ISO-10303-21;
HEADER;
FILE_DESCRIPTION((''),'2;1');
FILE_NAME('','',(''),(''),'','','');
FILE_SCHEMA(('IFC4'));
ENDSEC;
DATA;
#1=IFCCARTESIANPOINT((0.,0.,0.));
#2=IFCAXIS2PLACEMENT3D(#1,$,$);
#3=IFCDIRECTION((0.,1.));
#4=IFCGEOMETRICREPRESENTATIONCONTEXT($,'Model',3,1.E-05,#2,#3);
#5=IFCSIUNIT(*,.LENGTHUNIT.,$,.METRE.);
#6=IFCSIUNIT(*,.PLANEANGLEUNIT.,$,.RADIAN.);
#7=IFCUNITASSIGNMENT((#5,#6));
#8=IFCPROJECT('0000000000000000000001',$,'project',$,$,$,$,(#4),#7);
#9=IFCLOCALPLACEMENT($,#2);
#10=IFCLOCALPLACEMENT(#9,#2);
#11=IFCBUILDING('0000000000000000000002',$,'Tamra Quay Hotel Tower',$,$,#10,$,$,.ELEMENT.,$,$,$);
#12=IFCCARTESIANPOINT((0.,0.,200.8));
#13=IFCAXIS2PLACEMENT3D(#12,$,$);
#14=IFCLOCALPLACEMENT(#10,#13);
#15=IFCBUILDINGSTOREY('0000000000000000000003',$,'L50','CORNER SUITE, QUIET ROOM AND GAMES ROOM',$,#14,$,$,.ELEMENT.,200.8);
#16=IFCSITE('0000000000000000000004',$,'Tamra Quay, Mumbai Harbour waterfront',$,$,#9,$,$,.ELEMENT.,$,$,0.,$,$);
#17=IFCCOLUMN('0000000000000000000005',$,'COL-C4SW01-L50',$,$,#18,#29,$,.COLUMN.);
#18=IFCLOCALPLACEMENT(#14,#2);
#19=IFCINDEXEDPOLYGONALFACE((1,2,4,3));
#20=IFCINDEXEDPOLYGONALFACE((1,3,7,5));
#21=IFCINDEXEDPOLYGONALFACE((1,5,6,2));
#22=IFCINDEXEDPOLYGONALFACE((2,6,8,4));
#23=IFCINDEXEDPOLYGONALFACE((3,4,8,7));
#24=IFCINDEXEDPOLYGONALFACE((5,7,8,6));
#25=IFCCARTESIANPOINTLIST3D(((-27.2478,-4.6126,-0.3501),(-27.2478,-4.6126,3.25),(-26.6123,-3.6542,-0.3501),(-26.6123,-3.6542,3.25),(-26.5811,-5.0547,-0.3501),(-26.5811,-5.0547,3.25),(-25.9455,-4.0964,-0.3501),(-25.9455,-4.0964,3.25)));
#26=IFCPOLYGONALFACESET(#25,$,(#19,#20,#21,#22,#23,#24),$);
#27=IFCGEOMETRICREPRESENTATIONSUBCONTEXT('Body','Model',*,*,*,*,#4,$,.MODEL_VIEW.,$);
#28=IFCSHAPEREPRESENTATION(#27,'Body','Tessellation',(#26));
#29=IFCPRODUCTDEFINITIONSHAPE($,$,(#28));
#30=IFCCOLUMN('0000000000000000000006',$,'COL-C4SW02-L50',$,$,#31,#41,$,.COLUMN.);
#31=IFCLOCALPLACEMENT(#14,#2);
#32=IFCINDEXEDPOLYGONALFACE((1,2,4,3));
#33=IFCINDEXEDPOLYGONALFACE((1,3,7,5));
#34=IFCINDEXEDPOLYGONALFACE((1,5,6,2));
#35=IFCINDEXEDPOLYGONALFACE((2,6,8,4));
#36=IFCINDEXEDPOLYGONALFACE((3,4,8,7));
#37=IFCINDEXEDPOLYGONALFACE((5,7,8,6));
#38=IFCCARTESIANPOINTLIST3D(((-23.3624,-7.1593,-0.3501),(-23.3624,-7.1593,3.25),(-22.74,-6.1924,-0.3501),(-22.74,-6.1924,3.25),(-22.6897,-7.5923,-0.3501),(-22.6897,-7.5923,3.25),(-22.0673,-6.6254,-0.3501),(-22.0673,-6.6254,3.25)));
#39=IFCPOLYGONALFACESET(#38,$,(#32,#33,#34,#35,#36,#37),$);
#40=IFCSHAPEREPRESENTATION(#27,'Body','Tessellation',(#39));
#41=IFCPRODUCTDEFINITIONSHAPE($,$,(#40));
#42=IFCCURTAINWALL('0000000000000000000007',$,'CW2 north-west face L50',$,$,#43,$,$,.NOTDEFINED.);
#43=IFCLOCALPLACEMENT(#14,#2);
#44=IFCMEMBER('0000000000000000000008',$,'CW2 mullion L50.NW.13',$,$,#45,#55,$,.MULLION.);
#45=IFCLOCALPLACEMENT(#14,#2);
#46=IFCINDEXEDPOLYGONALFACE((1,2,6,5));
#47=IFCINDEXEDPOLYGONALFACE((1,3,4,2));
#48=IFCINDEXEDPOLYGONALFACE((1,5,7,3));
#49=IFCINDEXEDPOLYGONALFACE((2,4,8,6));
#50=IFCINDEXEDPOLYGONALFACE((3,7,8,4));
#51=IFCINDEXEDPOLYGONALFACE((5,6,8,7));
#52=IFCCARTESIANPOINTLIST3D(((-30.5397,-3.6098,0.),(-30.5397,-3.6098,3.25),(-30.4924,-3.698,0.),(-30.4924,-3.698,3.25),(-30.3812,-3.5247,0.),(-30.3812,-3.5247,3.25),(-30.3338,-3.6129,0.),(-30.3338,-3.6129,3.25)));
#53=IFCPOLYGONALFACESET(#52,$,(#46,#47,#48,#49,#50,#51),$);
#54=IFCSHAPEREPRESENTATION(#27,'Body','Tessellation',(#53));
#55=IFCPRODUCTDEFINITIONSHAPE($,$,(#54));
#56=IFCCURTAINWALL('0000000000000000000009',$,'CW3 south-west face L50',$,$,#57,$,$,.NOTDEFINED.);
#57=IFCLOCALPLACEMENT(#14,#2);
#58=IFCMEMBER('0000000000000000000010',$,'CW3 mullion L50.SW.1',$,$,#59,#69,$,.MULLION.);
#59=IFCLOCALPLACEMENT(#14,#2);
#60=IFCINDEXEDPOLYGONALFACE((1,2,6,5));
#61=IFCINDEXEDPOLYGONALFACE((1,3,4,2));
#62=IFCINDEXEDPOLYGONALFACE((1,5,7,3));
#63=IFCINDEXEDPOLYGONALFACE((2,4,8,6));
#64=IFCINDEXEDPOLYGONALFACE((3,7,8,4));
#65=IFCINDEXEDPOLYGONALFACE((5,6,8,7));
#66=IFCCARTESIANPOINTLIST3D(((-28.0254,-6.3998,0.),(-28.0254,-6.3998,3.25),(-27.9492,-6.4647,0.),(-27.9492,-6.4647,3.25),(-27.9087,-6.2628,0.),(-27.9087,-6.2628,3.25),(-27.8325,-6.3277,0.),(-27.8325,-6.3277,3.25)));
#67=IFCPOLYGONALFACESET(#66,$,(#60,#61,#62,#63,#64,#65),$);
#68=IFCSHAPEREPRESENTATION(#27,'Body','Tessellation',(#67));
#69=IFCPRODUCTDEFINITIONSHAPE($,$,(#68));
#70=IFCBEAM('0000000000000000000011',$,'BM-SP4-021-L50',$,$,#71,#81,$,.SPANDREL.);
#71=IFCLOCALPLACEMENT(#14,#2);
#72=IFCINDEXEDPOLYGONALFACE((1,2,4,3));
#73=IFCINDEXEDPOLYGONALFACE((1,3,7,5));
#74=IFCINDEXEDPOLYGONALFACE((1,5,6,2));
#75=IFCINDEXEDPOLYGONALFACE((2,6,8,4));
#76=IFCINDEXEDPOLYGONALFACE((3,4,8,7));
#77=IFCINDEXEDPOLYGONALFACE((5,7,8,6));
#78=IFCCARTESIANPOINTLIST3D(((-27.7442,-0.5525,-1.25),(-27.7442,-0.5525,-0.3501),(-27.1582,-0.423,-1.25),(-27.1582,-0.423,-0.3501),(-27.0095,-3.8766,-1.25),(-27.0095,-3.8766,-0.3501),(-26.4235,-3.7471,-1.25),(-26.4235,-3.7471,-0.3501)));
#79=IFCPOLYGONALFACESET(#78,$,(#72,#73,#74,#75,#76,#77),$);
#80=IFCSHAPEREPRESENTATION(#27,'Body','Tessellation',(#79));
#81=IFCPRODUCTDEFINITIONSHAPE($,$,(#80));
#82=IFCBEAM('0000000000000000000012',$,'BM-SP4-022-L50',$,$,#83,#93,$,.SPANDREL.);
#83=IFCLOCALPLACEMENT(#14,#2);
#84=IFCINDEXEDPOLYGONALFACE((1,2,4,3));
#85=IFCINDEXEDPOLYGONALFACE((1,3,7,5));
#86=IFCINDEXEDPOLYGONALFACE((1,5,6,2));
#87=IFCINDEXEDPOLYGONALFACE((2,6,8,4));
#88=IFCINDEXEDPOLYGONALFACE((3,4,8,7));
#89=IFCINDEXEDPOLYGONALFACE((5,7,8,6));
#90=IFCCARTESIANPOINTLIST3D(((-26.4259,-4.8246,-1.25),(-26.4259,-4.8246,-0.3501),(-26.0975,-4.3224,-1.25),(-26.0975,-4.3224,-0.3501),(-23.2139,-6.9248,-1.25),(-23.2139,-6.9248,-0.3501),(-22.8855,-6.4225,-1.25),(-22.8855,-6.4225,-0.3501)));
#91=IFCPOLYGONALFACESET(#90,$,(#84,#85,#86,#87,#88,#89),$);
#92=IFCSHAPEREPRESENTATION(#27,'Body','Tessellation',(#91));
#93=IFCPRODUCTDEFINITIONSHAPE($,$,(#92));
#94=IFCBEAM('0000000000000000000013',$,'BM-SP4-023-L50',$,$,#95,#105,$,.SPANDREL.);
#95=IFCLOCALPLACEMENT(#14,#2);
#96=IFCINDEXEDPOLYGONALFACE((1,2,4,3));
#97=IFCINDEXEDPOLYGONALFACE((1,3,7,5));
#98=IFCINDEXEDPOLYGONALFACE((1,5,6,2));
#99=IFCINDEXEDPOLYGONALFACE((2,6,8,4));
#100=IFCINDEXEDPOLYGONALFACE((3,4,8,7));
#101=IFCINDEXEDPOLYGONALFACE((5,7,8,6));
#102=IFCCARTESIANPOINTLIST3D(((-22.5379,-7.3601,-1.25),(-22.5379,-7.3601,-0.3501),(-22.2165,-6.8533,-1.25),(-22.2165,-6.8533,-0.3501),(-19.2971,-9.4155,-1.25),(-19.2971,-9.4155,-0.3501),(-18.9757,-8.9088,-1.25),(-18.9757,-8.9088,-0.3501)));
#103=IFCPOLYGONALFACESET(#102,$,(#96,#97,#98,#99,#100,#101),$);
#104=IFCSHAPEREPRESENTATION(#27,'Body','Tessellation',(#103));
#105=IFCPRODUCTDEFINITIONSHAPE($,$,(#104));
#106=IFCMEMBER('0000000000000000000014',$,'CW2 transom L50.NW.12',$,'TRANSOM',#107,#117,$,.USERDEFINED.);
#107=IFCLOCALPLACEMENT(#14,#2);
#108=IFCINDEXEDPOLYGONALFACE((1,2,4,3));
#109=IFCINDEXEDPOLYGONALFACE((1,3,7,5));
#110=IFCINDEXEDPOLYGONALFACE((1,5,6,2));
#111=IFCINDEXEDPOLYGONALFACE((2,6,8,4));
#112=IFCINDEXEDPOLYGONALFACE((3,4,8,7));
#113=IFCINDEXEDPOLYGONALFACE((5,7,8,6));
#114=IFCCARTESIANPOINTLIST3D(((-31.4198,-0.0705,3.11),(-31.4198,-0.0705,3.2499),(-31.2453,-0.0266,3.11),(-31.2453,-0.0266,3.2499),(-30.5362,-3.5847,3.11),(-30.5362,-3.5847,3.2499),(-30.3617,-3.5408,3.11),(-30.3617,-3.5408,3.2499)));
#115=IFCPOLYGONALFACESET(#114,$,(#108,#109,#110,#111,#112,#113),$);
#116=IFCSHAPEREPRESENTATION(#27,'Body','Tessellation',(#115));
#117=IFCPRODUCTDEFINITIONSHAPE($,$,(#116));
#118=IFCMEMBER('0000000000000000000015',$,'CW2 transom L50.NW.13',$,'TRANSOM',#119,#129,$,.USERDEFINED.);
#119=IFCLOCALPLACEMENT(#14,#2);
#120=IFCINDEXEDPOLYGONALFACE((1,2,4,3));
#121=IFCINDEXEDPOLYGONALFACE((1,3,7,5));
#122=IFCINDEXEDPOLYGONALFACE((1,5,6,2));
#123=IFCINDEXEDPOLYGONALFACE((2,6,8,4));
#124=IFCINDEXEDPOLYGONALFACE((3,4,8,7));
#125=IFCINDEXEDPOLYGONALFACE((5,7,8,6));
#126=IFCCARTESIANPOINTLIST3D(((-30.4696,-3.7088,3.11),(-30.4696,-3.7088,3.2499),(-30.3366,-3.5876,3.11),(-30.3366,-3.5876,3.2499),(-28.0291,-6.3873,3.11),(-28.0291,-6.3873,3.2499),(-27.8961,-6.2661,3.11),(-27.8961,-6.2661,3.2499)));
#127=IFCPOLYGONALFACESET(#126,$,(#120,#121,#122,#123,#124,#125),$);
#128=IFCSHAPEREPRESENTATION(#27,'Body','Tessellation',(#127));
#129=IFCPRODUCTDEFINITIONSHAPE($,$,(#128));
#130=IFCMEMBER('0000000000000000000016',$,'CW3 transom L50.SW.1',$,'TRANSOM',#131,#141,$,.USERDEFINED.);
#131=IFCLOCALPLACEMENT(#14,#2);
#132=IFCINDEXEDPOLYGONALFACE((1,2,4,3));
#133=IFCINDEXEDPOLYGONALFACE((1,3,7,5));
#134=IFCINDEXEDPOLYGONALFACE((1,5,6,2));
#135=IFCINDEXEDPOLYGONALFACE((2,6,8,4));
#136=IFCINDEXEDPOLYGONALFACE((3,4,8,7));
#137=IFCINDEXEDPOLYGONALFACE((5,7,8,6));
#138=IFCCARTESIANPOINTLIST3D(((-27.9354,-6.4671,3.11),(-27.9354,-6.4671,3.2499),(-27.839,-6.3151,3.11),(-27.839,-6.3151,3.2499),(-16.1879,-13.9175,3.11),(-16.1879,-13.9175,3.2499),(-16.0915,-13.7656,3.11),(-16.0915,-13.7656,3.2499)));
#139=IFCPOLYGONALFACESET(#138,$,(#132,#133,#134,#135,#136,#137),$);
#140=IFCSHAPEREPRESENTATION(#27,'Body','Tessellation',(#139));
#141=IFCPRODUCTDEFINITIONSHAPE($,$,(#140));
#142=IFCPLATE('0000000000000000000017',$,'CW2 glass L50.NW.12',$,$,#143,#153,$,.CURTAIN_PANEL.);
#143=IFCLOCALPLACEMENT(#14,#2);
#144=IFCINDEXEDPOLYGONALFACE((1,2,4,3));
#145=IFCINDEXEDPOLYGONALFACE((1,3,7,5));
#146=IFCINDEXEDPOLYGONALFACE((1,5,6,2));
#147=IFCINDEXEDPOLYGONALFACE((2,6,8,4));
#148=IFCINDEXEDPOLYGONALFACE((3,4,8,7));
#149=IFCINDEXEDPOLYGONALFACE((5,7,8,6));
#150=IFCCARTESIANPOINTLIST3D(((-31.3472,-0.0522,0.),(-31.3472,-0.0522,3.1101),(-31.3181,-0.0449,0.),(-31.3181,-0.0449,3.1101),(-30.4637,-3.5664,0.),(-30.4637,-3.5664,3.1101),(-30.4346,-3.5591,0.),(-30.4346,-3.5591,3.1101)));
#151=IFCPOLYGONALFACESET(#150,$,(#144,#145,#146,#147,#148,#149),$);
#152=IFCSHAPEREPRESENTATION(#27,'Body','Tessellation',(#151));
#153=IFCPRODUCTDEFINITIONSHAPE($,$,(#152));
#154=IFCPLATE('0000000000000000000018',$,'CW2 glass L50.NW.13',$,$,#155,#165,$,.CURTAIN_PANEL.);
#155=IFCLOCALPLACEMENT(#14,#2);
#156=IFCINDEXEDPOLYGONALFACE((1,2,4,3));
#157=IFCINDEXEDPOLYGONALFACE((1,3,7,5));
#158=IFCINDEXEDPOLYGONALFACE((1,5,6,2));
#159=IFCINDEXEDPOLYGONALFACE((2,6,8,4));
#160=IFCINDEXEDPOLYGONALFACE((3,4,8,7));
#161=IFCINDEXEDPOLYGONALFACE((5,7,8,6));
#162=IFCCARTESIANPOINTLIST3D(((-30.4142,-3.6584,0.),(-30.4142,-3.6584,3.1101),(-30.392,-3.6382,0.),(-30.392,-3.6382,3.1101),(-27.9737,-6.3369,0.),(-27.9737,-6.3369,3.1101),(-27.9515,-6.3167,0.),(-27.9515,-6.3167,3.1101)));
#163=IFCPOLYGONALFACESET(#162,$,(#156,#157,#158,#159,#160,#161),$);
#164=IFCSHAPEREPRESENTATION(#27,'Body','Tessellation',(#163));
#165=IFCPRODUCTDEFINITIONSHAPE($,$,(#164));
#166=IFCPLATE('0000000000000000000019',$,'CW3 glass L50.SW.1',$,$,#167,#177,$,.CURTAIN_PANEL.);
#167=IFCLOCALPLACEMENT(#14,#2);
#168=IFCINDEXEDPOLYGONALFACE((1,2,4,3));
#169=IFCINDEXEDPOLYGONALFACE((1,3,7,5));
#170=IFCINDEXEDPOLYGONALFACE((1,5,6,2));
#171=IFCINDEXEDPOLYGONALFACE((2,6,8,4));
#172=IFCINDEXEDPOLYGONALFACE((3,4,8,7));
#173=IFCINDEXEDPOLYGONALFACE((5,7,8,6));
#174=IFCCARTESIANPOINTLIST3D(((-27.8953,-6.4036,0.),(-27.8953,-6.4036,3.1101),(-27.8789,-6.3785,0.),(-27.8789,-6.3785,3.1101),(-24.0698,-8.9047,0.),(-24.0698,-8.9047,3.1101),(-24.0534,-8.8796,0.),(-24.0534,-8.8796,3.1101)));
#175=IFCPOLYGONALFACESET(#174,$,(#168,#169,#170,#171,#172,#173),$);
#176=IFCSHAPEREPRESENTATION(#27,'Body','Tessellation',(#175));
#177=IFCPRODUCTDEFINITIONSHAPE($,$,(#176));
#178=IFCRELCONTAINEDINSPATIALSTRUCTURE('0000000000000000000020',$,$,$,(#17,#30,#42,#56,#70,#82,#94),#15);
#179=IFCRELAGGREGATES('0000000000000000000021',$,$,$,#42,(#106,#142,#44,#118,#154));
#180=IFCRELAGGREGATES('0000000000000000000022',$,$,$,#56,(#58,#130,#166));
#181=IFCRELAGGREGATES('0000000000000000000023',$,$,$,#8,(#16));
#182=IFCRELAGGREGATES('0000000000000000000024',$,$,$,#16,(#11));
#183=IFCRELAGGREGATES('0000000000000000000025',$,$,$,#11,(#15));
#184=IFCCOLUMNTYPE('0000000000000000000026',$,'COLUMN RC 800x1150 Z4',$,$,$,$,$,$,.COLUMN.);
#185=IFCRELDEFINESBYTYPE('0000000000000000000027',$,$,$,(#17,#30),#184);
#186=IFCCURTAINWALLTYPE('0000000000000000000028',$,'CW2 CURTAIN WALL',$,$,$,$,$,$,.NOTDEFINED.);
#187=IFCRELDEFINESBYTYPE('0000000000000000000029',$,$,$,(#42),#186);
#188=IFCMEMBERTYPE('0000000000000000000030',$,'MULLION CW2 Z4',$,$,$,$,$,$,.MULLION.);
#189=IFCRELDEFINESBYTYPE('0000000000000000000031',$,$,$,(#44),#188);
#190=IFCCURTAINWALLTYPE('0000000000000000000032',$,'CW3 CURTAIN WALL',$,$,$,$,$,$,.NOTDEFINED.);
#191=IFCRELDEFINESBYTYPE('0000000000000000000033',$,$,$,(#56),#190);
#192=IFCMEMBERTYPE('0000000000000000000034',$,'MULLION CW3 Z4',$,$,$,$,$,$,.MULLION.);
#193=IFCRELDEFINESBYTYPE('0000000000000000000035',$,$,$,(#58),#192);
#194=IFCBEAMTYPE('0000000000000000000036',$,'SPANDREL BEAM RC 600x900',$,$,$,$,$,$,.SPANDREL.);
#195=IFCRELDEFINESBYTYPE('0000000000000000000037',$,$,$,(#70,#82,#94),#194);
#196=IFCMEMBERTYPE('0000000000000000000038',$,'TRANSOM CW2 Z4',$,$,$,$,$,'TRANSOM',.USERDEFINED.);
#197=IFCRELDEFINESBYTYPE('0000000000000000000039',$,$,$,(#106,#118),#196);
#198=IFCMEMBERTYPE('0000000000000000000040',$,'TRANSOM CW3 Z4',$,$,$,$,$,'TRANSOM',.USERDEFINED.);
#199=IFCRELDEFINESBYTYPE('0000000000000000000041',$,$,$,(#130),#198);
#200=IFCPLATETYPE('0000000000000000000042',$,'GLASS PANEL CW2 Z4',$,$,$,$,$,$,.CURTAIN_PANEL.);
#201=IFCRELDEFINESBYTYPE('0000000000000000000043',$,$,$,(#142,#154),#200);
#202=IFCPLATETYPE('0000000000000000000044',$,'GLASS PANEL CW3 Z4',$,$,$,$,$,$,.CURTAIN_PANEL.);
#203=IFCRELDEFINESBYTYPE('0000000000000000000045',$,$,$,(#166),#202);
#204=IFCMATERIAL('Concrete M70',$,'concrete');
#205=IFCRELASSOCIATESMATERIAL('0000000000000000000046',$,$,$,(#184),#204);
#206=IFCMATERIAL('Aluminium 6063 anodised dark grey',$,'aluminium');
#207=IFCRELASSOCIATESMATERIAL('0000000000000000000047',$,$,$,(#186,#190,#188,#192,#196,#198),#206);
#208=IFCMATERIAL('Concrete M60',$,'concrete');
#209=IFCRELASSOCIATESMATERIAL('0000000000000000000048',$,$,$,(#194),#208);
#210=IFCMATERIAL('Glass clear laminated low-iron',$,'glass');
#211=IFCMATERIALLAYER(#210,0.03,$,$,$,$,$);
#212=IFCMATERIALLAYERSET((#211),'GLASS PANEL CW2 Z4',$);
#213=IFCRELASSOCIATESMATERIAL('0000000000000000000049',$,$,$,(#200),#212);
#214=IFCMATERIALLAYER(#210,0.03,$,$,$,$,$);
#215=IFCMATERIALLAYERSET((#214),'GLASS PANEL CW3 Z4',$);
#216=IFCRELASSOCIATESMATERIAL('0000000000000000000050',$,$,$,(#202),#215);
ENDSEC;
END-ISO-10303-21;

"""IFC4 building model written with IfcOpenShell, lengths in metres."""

from ifc_helpers import new_model, si_unit, direction, frame, origin, origin_2d, place, context, subcontext, project, spatial, rectangle, extrude, material, layer, layer_set, material_profile, profile_set, type_object, element, aggregate, save


model = new_model("IFC4")

# Units and contexts
model_context = context("Model", 3, precision=1e-05, world=origin(), true_north=direction((0.0, 1.0)))
body_context = subcontext(model_context, "Body", "Model", "MODEL_VIEW")
ifc_project = project(units=[si_unit("LENGTHUNIT", "METRE"), si_unit("PLANEANGLEUNIT", "RADIAN")], contexts=[model_context])

# Site, building, storey
site_placement = place(None, origin())
site = spatial("IfcSite", under=ifc_project, at=site_placement, Name="Tamra Quay, Mumbai Harbour waterfront", CompositionType="ELEMENT", RefElevation=0.0)
building_placement = place(site_placement, origin())
building = spatial("IfcBuilding", under=site, at=building_placement, Name="Tamra Quay Hotel Tower", CompositionType="ELEMENT")
storey_placement = place(building_placement, frame((0.0, 0.0, 200.8)))
storey = spatial("IfcBuildingStorey", under=building, at=storey_placement, Name="L50", Description="CORNER SUITE, QUIET ROOM AND GAMES ROOM", CompositionType="ELEMENT", Elevation=200.8)

# Columns
ifc_material_1 = material(Name="Concrete M70", Category="concrete")
ifc_material_profile_1 = material_profile(ifc_material_1, rectangle(XDim=1.1499, YDim=0.8, at=origin_2d()), Name="COLUMN RC 800x1150 Z4")
ifc_profile_set_1 = profile_set([ifc_material_profile_1], Name="Concrete M70")
column_type = type_object("IfcColumnType", Name="COLUMN RC 800x1150 Z4", PredefinedType="COLUMN", material=ifc_profile_set_1)
for number, where, z_axis, x_axis, name in (
    (1, (-26.5967, -4.3545, -0.3501), (0.0, 0.0, 1.0), (0.552666, 0.833403, 0.0), "COL-C4SW01-L50"),
    (2, (-22.7148, -6.8923, -0.3501), (0.0, 0.0, 1.0), (0.541283, 0.840841, 0.0), "COL-C4SW02-L50"),
):
    element("IfcColumn", number, at=place(storey_placement, frame(where, z_axis=z_axis, x_axis=x_axis)), inside=storey, type_object=column_type, Name=name, PredefinedType="COLUMN", context=body_context, shape_type="SweptSolid", body=[
        extrude(rectangle(XDim=1.1499, YDim=0.8, at=origin_2d()), origin(), (0.0, 0.0, 1.0), 3.6001),
    ])

# Curtain walls, members
ifc_material_2 = material(Name="Aluminium 6063 anodised dark grey", Category="aluminium")
curtain_wall_type_1 = type_object("IfcCurtainWallType", Name="CW2 CURTAIN WALL", PredefinedType="NOTDEFINED", material=ifc_material_2)
curtain_wall_1_placement = place(storey_placement, origin())
curtain_wall_1 = element("IfcCurtainWall", 3, at=curtain_wall_1_placement, inside=storey, type_object=curtain_wall_type_1, Name="CW2 north-west face L50", PredefinedType="NOTDEFINED")
ifc_material_profile_2 = material_profile(ifc_material_2, rectangle(XDim=0.1799, YDim=0.1001, at=origin_2d()), Name="MULLION 100X180")
ifc_profile_set_2 = profile_set([ifc_material_profile_2], Name="Aluminium 6063 anodised dark grey")
member_type_1 = type_object("IfcMemberType", Name="MULLION CW2 Z4", PredefinedType="MULLION", material=ifc_profile_set_2)
member_1_placement = place(storey_placement, frame((-30.4368, -3.6113, 0.0), z_axis=(0.0, 0.0, 1.0), x_axis=(-0.881098, -0.472935, 0.0)))
member_1 = element("IfcMember", 4, at=member_1_placement, type_object=member_type_1, Name="CW2 mullion L50.NW.13", PredefinedType="MULLION", context=body_context, shape_type="SweptSolid", body=[
    extrude(rectangle(XDim=0.1799, YDim=0.1001, at=origin_2d()), origin(), (0.0, 0.0, 1.0), 3.25),
])
curtain_wall_type_2 = type_object("IfcCurtainWallType", Name="CW3 CURTAIN WALL", PredefinedType="NOTDEFINED", material=ifc_material_2)
curtain_wall_2_placement = place(storey_placement, origin())
curtain_wall_2 = element("IfcCurtainWall", 5, at=curtain_wall_2_placement, inside=storey, type_object=curtain_wall_type_2, Name="CW3 south-west face L50", PredefinedType="NOTDEFINED")
ifc_material_profile_3 = material_profile(ifc_material_2, rectangle(XDim=0.1799, YDim=0.1001, at=origin_2d()), Name="MULLION 100X180")
ifc_profile_set_3 = profile_set([ifc_material_profile_3], Name="Aluminium 6063 anodised dark grey")
member_type_2 = type_object("IfcMemberType", Name="MULLION CW3 Z4", PredefinedType="MULLION", material=ifc_profile_set_3)
member_2_placement = place(storey_placement, frame((-27.929, -6.3638, 0.0), z_axis=(0.0, 0.0, 1.0), x_axis=(-0.648381, -0.761316, 0.0)))
member_2 = element("IfcMember", 6, at=member_2_placement, type_object=member_type_2, Name="CW3 mullion L50.SW.1", PredefinedType="MULLION", context=body_context, shape_type="SweptSolid", body=[
    extrude(rectangle(XDim=0.1799, YDim=0.1001, at=origin_2d()), origin(), (0.0, 0.0, 1.0), 3.25),
])

# Beams
ifc_material_3 = material(Name="Concrete M60", Category="concrete")
ifc_material_profile_4 = material_profile(ifc_material_3, rectangle(XDim=0.6001, YDim=0.8999, at=origin_2d()), Name="SPANDREL BEAM RC 600x900")
ifc_profile_set_4 = profile_set([ifc_material_profile_4], Name="Concrete M60")
beam_type = type_object("IfcBeamType", Name="SPANDREL BEAM RC 600x900", PredefinedType="SPANDREL", material=ifc_profile_set_4)
beam_placement = place(storey_placement, frame((-27.4512, -0.4878, -0.8), z_axis=(0.215799, -0.976438, 0.0), x_axis=(0.976438, 0.215799, 0.0)))
element("IfcBeam", 7, at=beam_placement, inside=storey, type_object=beam_type, Name="BM-SP4-021-L50", PredefinedType="SPANDREL", context=body_context, shape_type="SweptSolid", body=[
    extrude(rectangle(XDim=0.6001, YDim=0.8999, at=origin_2d()), origin(), (0.0, 0.0, 1.0), 3.4043),
])
for number, where, z_axis, x_axis, name in (
    (8, (-26.2617, -4.5735, -0.8), (0.83697, -0.547249, 0.0), (0.547249, 0.83697, 0.0), "BM-SP4-022-L50"),
    (9, (-22.3772, -7.1067, -0.8), (0.84447, -0.535603, 0.0), (0.535603, 0.84447, 0.0), "BM-SP4-023-L50"),
):
    element("IfcBeam", number, at=place(storey_placement, frame(where, z_axis=z_axis, x_axis=x_axis)), inside=storey, type_object=beam_type, Name=name, PredefinedType="SPANDREL", context=body_context, shape_type="SweptSolid", body=[
        extrude(rectangle(XDim=0.6001, YDim=0.8999, at=origin_2d()), origin(), (0.0, 0.0, 1.0), 3.8376),
    ])

# Members
ifc_material_profile_5 = material_profile(ifc_material_2, rectangle(XDim=0.1799, YDim=0.1399, at=origin_2d()), Name="TRANSOM 180X140")
ifc_profile_set_5 = profile_set([ifc_material_profile_5], Name="Aluminium 6063 anodised dark grey")
member_type_3 = type_object("IfcMemberType", Name="TRANSOM CW2 Z4", ElementType="TRANSOM", PredefinedType="USERDEFINED", material=ifc_profile_set_5)
member_3_placement = place(storey_placement, frame((-31.3325, -0.0486, 3.1799), z_axis=(0.243835, -0.969817, 0.0), x_axis=(0.969817, 0.243835, 0.0)))
member_3 = element("IfcMember", 10, at=member_3_placement, type_object=member_type_3, Name="CW2 transom L50.NW.12", ObjectType="TRANSOM", PredefinedType="USERDEFINED", context=body_context, shape_type="SweptSolid", body=[
    extrude(rectangle(XDim=0.1799, YDim=0.1399, at=origin_2d()), origin(), (0.0, 0.0, 1.0), 3.6235),
])
member_4_placement = place(storey_placement, frame((-30.4031, -3.6482, 3.1799), z_axis=(0.673497, -0.73919, 0.0), x_axis=(0.73919, 0.673497, 0.0)))
member_4 = element("IfcMember", 11, at=member_4_placement, type_object=member_type_3, Name="CW2 transom L50.NW.13", ObjectType="TRANSOM", PredefinedType="USERDEFINED", context=body_context, shape_type="SweptSolid", body=[
    extrude(rectangle(XDim=0.1799, YDim=0.1399, at=origin_2d()), origin(), (0.0, 0.0, 1.0), 3.6235),
])
ifc_material_profile_6 = material_profile(ifc_material_2, rectangle(XDim=0.1799, YDim=0.1399, at=origin_2d()), Name="TRANSOM 180X140")
ifc_profile_set_6 = profile_set([ifc_material_profile_6], Name="Aluminium 6063 anodised dark grey")
member_type_4 = type_object("IfcMemberType", Name="TRANSOM CW3 Z4", ElementType="TRANSOM", PredefinedType="USERDEFINED", material=ifc_profile_set_6)
member_5_placement = place(storey_placement, frame((-27.8872, -6.3911, 3.1799), z_axis=(0.844484, -0.535581, 0.0), x_axis=(0.535581, 0.844484, 0.0)))
member_5 = element("IfcMember", 12, at=member_5_placement, type_object=member_type_4, Name="CW3 transom L50.SW.1", ObjectType="TRANSOM", PredefinedType="USERDEFINED", context=body_context, shape_type="SweptSolid", body=[
    extrude(rectangle(XDim=0.1799, YDim=0.1399, at=origin_2d()), origin(), (0.0, 0.0, 1.0), 13.9109),
])

# Plates
ifc_material_4 = material(Name="Glass clear laminated low-iron", Category="glass")
ifc_layer_1 = layer(ifc_material_4, 0.03)
ifc_layer_set_1 = layer_set([ifc_layer_1], Name="GLASS PANEL CW2 Z4")
plate_type_1 = type_object("IfcPlateType", Name="GLASS PANEL CW2 Z4", PredefinedType="CURTAIN_PANEL", material=ifc_layer_set_1)
plate_1_placement = place(storey_placement, frame((-30.8909, -1.8057, 0.0), z_axis=(0.0, 0.0, 1.0), x_axis=(0.243826, -0.969819, 0.0)))
plate_1 = element("IfcPlate", 13, at=plate_1_placement, type_object=plate_type_1, Name="CW2 glass L50.NW.12", PredefinedType="CURTAIN_PANEL", context=body_context, shape_type="SweptSolid", body=[
    extrude(rectangle(XDim=3.6235, YDim=0.03, at=origin_2d()), origin(), (0.0, 0.0, 1.0), 3.1101),
])
plate_2_placement = place(storey_placement, frame((-29.1829, -4.9875, 0.0), z_axis=(0.0, 0.0, 1.0), x_axis=(0.673496, -0.739191, 0.0)))
plate_2 = element("IfcPlate", 14, at=plate_2_placement, type_object=plate_type_1, Name="CW2 glass L50.NW.13", PredefinedType="CURTAIN_PANEL", context=body_context, shape_type="SweptSolid", body=[
    extrude(rectangle(XDim=3.6235, YDim=0.03, at=origin_2d()), origin(), (0.0, 0.0, 1.0), 3.1101),
])
aggregate(curtain_wall_1, [member_3, plate_1, member_1, member_4, plate_2])
ifc_layer_2 = layer(ifc_material_4, 0.03)
ifc_layer_set_2 = layer_set([ifc_layer_2], Name="GLASS PANEL CW3 Z4")
plate_type_2 = type_object("IfcPlateType", Name="GLASS PANEL CW3 Z4", PredefinedType="CURTAIN_PANEL", material=ifc_layer_set_2)
plate_3_placement = place(storey_placement, frame((-25.9744, -7.6416, 0.0), z_axis=(0.0, 0.0, 1.0), x_axis=(0.836986, -0.547224, 0.0)))
plate_3 = element("IfcPlate", 15, at=plate_3_placement, type_object=plate_type_2, Name="CW3 glass L50.SW.1", PredefinedType="CURTAIN_PANEL", context=body_context, shape_type="SweptSolid", body=[
    extrude(rectangle(XDim=4.5706, YDim=0.03, at=origin_2d()), origin(), (0.0, 0.0, 1.0), 3.1101),
])
aggregate(curtain_wall_2, [member_2, member_5, plate_3])

save(model, "model.ifc")
